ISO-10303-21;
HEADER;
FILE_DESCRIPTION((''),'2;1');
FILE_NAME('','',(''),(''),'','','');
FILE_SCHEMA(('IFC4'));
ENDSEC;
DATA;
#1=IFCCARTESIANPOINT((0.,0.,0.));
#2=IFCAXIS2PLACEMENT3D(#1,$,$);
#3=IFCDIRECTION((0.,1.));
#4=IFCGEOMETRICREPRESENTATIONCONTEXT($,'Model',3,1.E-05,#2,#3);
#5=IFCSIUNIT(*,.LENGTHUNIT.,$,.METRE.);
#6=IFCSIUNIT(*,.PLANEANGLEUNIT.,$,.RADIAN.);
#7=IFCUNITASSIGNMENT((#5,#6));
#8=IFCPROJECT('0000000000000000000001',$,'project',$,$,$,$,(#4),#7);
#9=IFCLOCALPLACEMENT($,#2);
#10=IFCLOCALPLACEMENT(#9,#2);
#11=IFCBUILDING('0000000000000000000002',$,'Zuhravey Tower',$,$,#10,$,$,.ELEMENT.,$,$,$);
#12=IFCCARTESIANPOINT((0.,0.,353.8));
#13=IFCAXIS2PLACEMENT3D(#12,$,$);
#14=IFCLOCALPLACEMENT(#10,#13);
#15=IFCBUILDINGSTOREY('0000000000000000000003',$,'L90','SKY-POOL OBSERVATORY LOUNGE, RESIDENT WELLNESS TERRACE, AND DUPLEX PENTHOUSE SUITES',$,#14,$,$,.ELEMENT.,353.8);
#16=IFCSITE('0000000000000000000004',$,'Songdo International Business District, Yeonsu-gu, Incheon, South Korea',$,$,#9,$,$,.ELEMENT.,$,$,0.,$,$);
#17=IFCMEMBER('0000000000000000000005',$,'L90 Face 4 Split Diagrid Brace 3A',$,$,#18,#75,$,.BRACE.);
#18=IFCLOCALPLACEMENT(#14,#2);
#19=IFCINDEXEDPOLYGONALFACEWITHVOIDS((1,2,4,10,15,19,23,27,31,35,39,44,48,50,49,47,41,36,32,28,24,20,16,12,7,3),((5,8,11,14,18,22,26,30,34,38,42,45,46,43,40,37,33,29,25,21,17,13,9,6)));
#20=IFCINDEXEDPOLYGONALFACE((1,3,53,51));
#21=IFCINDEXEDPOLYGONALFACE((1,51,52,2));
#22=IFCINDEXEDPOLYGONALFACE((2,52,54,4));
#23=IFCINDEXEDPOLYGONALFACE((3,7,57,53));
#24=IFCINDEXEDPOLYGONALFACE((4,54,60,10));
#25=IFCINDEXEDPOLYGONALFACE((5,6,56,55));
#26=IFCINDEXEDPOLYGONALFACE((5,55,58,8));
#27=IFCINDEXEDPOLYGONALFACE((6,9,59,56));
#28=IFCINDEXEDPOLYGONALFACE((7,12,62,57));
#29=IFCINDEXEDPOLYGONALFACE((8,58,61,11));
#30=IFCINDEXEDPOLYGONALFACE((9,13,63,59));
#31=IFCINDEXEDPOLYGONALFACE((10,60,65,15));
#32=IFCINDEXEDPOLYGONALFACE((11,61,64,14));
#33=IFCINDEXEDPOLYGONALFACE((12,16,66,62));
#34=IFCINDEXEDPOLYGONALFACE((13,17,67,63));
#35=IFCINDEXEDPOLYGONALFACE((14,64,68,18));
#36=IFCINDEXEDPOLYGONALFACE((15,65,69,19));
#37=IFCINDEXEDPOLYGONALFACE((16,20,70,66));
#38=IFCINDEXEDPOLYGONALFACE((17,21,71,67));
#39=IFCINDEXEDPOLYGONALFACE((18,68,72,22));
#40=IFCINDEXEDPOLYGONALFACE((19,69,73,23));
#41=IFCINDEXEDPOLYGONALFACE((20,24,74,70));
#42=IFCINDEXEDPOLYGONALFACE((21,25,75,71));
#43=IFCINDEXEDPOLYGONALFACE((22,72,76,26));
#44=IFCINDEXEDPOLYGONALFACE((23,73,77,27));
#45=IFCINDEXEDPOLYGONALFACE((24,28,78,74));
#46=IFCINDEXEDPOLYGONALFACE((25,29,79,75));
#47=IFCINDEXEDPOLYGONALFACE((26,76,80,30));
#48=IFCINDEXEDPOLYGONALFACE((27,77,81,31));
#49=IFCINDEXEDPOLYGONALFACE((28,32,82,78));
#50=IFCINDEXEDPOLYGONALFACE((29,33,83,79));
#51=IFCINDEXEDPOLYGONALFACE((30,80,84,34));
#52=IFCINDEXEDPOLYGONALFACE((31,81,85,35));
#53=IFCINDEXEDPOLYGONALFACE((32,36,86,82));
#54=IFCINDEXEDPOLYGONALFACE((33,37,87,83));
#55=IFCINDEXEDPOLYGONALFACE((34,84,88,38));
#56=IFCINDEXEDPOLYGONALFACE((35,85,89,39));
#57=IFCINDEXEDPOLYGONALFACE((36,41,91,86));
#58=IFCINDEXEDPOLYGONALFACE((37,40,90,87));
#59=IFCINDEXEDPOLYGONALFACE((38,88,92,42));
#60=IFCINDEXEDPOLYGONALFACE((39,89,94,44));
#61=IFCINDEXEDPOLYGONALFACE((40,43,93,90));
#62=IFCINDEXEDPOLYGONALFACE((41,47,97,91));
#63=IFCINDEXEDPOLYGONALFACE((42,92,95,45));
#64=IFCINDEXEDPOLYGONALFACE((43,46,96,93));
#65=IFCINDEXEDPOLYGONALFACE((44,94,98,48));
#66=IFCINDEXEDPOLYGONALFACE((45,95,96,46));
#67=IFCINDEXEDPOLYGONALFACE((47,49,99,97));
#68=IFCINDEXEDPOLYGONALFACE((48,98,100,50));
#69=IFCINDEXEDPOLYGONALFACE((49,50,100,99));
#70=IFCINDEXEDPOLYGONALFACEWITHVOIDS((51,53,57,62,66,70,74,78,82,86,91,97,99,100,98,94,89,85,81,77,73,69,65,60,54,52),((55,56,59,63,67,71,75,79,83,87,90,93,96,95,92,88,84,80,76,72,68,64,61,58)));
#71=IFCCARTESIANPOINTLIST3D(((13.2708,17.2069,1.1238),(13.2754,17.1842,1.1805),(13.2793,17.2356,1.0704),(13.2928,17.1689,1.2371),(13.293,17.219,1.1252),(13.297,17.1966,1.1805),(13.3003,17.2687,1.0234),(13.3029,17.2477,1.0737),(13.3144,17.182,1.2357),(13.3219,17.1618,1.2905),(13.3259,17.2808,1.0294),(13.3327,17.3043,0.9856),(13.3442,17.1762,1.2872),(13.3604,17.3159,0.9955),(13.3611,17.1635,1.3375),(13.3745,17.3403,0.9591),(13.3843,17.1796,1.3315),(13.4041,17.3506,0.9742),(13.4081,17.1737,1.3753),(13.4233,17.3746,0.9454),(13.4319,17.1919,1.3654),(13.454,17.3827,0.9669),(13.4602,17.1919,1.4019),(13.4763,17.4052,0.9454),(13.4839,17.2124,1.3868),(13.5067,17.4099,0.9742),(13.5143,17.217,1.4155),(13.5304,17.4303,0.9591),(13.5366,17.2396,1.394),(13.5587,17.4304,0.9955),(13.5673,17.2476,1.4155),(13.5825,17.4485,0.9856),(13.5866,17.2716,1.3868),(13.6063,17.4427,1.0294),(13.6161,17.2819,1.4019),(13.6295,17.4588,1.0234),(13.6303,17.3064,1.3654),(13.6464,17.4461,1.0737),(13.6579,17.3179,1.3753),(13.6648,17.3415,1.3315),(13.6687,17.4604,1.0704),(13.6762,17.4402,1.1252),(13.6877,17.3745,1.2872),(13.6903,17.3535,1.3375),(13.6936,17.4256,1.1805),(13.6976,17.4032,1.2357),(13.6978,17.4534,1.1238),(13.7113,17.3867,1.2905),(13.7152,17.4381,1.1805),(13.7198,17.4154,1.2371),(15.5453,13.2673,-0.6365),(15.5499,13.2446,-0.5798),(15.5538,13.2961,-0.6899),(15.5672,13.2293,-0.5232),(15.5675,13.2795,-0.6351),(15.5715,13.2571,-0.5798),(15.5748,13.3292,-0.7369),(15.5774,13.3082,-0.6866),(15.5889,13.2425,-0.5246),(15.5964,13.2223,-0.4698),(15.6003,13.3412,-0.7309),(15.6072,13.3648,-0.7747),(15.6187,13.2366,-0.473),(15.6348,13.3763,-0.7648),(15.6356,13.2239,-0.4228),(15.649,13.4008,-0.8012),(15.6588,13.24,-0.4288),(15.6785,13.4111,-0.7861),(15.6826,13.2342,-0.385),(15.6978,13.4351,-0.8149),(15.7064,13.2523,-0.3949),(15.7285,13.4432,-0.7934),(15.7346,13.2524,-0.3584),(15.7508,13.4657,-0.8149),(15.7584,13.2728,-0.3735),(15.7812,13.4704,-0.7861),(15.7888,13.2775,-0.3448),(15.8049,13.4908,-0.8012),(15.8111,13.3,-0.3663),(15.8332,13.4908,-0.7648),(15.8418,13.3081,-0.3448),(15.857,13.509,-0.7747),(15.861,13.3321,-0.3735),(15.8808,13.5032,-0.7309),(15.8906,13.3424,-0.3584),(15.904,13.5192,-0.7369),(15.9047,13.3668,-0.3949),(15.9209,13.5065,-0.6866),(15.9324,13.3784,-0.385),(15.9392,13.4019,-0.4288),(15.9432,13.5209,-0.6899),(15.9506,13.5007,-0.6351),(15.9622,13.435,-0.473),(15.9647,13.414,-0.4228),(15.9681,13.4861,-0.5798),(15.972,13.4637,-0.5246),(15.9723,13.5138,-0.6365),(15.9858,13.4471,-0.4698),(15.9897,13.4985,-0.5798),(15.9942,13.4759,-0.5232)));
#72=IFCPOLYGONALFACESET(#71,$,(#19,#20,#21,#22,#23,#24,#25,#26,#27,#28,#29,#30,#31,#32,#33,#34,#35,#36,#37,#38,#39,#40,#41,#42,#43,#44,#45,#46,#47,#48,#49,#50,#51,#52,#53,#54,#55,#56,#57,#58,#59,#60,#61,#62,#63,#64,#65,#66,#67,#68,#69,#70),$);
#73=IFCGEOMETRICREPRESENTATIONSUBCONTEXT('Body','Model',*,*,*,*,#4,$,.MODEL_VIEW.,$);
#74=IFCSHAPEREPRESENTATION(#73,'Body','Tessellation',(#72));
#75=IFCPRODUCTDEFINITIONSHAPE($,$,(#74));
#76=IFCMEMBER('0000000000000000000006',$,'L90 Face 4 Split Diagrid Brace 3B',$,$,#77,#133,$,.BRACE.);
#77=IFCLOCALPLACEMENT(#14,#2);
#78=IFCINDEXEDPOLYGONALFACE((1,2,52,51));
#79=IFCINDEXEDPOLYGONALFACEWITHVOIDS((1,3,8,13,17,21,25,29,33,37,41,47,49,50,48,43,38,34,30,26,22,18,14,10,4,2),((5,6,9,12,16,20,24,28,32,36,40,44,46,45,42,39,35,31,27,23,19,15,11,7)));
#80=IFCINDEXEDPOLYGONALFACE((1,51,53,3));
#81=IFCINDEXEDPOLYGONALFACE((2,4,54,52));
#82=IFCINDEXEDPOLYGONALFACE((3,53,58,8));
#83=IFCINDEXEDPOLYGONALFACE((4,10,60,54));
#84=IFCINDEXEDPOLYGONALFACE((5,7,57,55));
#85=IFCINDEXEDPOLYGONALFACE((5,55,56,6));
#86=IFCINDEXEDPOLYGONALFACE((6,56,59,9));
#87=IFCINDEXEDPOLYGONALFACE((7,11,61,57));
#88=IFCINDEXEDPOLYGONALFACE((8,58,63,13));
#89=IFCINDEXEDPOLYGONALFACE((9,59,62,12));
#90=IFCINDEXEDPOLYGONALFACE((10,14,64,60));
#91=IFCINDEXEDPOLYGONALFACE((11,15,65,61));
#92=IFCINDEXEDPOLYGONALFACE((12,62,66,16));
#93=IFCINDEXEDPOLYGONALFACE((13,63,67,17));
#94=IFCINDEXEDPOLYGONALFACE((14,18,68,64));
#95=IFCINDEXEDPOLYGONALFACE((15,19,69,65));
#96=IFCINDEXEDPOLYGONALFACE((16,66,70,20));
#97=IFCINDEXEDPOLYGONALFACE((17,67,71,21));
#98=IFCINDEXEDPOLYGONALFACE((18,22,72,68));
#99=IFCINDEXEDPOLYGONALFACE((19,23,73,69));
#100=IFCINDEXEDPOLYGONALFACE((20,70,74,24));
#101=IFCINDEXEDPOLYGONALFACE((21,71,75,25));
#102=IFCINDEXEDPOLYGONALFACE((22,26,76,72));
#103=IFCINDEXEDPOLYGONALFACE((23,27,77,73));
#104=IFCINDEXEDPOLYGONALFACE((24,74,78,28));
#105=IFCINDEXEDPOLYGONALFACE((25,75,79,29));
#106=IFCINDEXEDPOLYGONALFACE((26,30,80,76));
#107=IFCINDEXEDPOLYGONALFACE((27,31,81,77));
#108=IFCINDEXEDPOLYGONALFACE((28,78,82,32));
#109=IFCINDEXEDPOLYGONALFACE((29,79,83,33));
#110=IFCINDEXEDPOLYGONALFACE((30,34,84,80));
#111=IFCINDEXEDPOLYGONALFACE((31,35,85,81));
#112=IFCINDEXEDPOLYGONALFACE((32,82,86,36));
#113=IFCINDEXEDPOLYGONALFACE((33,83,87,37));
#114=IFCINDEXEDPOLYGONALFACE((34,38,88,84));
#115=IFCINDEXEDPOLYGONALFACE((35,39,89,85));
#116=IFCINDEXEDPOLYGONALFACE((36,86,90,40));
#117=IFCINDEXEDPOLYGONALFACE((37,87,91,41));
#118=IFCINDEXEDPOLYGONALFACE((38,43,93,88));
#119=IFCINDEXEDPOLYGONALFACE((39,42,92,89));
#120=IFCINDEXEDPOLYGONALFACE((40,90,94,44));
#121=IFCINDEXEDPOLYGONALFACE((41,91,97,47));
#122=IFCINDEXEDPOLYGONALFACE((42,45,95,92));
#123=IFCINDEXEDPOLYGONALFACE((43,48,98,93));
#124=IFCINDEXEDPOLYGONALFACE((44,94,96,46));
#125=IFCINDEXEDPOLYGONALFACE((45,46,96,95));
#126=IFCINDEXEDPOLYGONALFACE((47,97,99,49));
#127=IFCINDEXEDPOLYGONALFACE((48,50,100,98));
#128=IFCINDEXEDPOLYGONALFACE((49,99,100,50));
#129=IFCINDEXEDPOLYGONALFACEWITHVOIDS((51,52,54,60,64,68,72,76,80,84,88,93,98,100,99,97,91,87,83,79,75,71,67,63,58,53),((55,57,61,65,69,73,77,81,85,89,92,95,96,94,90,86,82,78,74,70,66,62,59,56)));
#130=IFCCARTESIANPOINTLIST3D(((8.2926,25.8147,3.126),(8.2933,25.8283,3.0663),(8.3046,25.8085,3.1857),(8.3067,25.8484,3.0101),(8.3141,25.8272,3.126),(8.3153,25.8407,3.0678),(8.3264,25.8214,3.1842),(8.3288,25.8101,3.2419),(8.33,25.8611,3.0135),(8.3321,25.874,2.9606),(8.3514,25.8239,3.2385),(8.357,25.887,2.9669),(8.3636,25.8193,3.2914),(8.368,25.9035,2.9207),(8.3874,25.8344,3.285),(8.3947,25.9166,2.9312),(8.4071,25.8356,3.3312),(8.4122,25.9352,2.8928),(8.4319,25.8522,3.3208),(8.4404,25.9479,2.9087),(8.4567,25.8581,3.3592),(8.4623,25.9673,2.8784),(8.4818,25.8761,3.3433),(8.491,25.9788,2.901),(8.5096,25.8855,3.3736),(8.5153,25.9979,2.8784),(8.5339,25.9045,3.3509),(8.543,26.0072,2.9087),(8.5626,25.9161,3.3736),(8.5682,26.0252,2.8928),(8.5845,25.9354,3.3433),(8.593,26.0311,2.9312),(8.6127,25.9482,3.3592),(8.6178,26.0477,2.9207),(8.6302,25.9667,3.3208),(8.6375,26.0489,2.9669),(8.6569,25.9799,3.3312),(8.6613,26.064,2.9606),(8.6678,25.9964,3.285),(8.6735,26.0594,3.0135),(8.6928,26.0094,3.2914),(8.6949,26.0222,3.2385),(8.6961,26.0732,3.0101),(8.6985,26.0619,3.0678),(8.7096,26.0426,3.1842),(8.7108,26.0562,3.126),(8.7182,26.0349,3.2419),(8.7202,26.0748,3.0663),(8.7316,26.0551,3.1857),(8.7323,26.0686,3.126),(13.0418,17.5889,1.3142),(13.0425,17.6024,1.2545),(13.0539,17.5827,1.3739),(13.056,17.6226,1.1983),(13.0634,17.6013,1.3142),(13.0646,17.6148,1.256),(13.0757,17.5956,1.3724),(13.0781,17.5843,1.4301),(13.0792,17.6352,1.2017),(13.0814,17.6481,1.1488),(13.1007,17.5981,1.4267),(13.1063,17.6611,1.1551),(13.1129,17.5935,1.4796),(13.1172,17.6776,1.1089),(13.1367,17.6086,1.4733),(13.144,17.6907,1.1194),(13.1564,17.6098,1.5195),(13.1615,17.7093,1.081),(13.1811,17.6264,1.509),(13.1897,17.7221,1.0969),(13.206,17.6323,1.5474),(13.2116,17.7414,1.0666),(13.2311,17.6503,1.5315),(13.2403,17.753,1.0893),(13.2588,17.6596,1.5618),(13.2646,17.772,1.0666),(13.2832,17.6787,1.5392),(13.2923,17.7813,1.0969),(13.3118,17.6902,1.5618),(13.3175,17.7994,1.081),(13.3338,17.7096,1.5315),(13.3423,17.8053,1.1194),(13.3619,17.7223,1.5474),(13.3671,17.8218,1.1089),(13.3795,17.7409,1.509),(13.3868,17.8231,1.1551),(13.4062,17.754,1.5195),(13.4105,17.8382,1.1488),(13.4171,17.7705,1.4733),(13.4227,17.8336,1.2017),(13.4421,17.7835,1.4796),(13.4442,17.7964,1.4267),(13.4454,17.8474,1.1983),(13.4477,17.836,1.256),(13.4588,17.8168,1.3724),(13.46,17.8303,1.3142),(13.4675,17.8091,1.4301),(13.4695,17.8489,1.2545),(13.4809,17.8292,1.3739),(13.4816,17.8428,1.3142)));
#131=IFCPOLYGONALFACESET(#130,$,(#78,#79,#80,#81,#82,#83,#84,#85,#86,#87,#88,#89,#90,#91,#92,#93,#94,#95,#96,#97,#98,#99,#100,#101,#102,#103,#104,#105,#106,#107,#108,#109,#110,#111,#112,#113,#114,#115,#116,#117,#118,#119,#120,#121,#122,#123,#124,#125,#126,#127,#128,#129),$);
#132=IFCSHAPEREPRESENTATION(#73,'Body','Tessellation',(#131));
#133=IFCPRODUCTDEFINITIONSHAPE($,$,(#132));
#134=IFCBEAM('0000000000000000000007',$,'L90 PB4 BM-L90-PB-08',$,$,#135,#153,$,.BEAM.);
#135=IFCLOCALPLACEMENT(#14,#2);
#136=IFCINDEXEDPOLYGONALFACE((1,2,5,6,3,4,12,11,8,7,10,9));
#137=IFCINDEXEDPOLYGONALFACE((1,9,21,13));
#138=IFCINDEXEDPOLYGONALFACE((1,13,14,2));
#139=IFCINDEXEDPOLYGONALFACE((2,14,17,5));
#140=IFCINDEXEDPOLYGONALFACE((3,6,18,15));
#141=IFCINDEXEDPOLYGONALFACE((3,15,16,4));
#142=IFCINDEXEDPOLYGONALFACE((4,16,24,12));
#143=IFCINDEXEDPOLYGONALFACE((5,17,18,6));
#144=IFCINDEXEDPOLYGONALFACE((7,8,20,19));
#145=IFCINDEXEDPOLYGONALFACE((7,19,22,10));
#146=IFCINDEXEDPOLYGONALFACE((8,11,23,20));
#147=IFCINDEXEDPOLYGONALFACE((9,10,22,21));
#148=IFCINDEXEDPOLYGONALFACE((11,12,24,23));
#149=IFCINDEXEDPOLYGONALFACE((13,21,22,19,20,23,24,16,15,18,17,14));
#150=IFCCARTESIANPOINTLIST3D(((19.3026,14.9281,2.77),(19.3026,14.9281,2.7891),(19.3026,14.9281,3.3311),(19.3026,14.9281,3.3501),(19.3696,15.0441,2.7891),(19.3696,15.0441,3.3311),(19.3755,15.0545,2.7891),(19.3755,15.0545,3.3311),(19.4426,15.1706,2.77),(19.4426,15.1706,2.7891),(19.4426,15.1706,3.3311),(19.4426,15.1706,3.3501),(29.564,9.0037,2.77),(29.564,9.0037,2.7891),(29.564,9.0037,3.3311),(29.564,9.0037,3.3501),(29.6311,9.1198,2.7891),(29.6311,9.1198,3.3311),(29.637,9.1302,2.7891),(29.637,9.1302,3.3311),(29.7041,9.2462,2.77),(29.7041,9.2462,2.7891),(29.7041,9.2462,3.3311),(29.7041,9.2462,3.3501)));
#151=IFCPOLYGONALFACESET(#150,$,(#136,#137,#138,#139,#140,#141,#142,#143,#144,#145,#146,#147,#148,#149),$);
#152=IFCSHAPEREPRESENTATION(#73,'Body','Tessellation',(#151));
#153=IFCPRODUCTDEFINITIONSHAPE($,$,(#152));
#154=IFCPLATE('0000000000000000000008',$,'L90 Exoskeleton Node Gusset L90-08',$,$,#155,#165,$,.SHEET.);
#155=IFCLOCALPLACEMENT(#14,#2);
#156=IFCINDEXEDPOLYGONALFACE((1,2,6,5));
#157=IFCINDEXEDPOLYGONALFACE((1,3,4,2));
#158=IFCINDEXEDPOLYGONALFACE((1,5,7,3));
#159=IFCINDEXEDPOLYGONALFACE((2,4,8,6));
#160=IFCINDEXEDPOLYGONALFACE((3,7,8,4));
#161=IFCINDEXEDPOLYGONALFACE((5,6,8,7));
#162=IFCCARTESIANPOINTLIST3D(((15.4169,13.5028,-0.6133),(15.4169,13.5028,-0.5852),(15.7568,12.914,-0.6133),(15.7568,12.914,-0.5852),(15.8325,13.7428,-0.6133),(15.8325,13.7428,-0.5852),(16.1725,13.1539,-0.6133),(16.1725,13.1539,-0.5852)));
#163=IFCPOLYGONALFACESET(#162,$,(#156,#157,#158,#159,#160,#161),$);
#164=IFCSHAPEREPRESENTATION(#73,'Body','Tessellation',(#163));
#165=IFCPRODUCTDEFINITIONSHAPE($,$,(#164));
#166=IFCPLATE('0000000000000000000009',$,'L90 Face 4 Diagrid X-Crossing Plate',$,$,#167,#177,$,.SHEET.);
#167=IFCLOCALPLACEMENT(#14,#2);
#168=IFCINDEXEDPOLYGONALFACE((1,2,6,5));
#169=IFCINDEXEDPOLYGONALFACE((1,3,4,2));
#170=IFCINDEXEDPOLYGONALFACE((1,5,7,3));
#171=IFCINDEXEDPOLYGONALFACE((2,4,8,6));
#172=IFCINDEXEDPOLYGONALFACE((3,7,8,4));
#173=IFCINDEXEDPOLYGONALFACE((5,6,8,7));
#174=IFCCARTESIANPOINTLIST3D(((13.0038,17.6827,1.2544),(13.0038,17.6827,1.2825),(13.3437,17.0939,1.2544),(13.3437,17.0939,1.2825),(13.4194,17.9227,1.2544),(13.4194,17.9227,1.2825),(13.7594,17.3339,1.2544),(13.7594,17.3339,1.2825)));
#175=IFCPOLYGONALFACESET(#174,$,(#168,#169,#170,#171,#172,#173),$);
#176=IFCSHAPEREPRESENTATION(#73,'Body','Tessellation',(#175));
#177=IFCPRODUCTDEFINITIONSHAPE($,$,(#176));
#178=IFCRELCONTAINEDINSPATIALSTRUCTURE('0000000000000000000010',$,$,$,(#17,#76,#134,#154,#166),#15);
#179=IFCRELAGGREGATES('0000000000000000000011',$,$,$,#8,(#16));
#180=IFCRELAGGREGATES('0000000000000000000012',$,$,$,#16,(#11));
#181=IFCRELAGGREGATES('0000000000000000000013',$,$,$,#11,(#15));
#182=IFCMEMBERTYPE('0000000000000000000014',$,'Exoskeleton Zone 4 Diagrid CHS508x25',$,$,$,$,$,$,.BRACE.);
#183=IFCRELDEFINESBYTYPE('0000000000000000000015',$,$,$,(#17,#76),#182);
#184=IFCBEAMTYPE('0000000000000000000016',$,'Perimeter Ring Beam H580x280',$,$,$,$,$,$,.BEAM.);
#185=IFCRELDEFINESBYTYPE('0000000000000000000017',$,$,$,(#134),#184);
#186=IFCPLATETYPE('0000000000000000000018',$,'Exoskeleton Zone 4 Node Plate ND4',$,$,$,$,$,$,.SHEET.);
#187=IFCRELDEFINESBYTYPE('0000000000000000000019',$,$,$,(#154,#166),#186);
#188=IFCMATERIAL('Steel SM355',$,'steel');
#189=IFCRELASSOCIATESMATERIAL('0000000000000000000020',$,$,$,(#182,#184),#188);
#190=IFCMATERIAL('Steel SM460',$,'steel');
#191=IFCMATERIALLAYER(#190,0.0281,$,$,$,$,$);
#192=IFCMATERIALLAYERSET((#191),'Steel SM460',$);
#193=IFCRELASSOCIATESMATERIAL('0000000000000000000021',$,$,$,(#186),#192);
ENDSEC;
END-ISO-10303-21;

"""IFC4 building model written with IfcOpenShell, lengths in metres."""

from ifc_helpers import new_model, si_unit, direction, frame, origin, origin_2d, place, context, subcontext, project, spatial, rectangle, hollow_circle, i_section, extrude, material, layer, layer_set, material_profile, profile_set, type_object, element, save


model = new_model("IFC4")

# Units and contexts
model_context = context("Model", 3, precision=1e-05, world=origin(), true_north=direction((0.0, 1.0)))
body_context = subcontext(model_context, "Body", "Model", "MODEL_VIEW")
ifc_project = project(units=[si_unit("LENGTHUNIT", "METRE"), si_unit("PLANEANGLEUNIT", "RADIAN")], contexts=[model_context])

# Site, building, storey
site_placement = place(None, origin())
site = spatial("IfcSite", under=ifc_project, at=site_placement, Name="Songdo International Business District, Yeonsu-gu, Incheon, South Korea", CompositionType="ELEMENT", RefElevation=0.0)
building_placement = place(site_placement, origin())
building = spatial("IfcBuilding", under=site, at=building_placement, Name="Zuhravey Tower", CompositionType="ELEMENT")
storey_placement = place(building_placement, frame((0.0, 0.0, 353.8)))
storey = spatial("IfcBuildingStorey", under=building, at=storey_placement, Name="L90", Description="SKY-POOL OBSERVATORY LOUNGE, RESIDENT WELLNESS TERRACE, AND DUPLEX PENTHOUSE SUITES", CompositionType="ELEMENT", Elevation=353.8)

# Shared definitions
ifc_material_1 = material(Name="Steel SM460", Category="steel")

# Members
ifc_material_2 = material(Name="Steel SM355", Category="steel")
ifc_material_profile_1 = material_profile(ifc_material_2, hollow_circle(Radius=0.2539, WallThickness=0.0249, at=origin_2d()), Name="CHS-508.0x25")
ifc_profile_set_1 = profile_set([ifc_material_profile_1], Name="Steel SM355")
member_type_1 = type_object("IfcMemberType", Name="Exoskeleton Zone 4 Diagrid CHS508x25", PredefinedType="BRACE", material=ifc_profile_set_1)
member_1_placement = place(storey_placement, frame((15.7698, 13.3716, -0.5798), z_axis=(-0.4663, 0.807666, 0.360887), x_axis=(-0.866028, -0.499995, 0.0)))
element("IfcMember", 1, at=member_1_placement, inside=storey, type_object=member_type_1, Name="L90 Face 4 Split Diagrid Brace 3A", PredefinedType="BRACE", context=body_context, shape_type="SweptSolid", body=[
    extrude(hollow_circle(Radius=0.2539, WallThickness=0.0249, at=origin_2d()), origin(), (0.0, 0.0, 1.0), 4.8777),
])
member_2_placement = place(storey_placement, frame((13.2617, 17.7158, 1.3142), z_axis=(-0.491151, 0.850685, 0.187366), x_axis=(-0.866022, -0.500007, 0.0)))
element("IfcMember", 2, at=member_2_placement, inside=storey, type_object=member_type_1, Name="L90 Face 4 Split Diagrid Brace 3B", PredefinedType="BRACE", context=body_context, shape_type="SweptSolid", body=[
    extrude(hollow_circle(Radius=0.2539, WallThickness=0.0249, at=origin_2d()), origin(), (0.0, 0.0, 1.0), 9.6697),
])

# Beam
ifc_material_profile_2 = material_profile(ifc_material_2, i_section(OverallWidth=0.28, OverallDepth=0.5801, WebThickness=0.012, FlangeThickness=0.019, at=origin_2d()), Name="H-580x280x12x19")
ifc_profile_set_2 = profile_set([ifc_material_profile_2], Name="Steel SM355")
beam_type_1 = type_object("IfcBeamType", Name="Perimeter Ring Beam H580x280", PredefinedType="BEAM", material=ifc_profile_set_2)
beam_1_placement = place(storey_placement, frame((19.3726, 15.0493, 3.0601), z_axis=(0.866031, -0.499991, 0.0), x_axis=(0.499991, 0.866031, 0.0)))
element("IfcBeam", 3, at=beam_1_placement, inside=storey, type_object=beam_type_1, Name="L90 PB4 BM-L90-PB-08", PredefinedType="BEAM", context=body_context, shape_type="SweptSolid", body=[
    extrude(i_section(OverallWidth=0.28, OverallDepth=0.5801, WebThickness=0.012, FlangeThickness=0.019, at=origin_2d()), origin(), (0.0, 0.0, 1.0), 11.8489),
])

# Plates
ifc_layer_1 = layer(ifc_material_1, 0.0281)
ifc_layer_set_1 = layer_set([ifc_layer_1], Name="Steel SM460")
plate_type_1 = type_object("IfcPlateType", Name="Exoskeleton Zone 4 Node Plate ND4", PredefinedType="SHEET", material=ifc_layer_set_1)
for number, where, z_axis, x_axis, name in (
    (4, (15.7947, 13.3284, -0.6133), (0.0, 0.0, 1.0), (0.5, -0.866025, 0.0), "L90 Exoskeleton Node Gusset L90-08"),
    (5, (13.3816, 17.5083, 1.2544), (0.0, 0.0, 1.0), (0.5, -0.866025, 0.0), "L90 Face 4 Diagrid X-Crossing Plate"),
):
    element("IfcPlate", number, at=place(storey_placement, frame(where, z_axis=z_axis, x_axis=x_axis)), inside=storey, type_object=plate_type_1, Name=name, PredefinedType="SHEET", context=body_context, shape_type="SweptSolid", body=[
        extrude(rectangle(XDim=0.6799, YDim=0.48, at=origin_2d()), origin(), (0.0, 0.0, 1.0), 0.0281),
    ])

save(model, "model.ifc")
